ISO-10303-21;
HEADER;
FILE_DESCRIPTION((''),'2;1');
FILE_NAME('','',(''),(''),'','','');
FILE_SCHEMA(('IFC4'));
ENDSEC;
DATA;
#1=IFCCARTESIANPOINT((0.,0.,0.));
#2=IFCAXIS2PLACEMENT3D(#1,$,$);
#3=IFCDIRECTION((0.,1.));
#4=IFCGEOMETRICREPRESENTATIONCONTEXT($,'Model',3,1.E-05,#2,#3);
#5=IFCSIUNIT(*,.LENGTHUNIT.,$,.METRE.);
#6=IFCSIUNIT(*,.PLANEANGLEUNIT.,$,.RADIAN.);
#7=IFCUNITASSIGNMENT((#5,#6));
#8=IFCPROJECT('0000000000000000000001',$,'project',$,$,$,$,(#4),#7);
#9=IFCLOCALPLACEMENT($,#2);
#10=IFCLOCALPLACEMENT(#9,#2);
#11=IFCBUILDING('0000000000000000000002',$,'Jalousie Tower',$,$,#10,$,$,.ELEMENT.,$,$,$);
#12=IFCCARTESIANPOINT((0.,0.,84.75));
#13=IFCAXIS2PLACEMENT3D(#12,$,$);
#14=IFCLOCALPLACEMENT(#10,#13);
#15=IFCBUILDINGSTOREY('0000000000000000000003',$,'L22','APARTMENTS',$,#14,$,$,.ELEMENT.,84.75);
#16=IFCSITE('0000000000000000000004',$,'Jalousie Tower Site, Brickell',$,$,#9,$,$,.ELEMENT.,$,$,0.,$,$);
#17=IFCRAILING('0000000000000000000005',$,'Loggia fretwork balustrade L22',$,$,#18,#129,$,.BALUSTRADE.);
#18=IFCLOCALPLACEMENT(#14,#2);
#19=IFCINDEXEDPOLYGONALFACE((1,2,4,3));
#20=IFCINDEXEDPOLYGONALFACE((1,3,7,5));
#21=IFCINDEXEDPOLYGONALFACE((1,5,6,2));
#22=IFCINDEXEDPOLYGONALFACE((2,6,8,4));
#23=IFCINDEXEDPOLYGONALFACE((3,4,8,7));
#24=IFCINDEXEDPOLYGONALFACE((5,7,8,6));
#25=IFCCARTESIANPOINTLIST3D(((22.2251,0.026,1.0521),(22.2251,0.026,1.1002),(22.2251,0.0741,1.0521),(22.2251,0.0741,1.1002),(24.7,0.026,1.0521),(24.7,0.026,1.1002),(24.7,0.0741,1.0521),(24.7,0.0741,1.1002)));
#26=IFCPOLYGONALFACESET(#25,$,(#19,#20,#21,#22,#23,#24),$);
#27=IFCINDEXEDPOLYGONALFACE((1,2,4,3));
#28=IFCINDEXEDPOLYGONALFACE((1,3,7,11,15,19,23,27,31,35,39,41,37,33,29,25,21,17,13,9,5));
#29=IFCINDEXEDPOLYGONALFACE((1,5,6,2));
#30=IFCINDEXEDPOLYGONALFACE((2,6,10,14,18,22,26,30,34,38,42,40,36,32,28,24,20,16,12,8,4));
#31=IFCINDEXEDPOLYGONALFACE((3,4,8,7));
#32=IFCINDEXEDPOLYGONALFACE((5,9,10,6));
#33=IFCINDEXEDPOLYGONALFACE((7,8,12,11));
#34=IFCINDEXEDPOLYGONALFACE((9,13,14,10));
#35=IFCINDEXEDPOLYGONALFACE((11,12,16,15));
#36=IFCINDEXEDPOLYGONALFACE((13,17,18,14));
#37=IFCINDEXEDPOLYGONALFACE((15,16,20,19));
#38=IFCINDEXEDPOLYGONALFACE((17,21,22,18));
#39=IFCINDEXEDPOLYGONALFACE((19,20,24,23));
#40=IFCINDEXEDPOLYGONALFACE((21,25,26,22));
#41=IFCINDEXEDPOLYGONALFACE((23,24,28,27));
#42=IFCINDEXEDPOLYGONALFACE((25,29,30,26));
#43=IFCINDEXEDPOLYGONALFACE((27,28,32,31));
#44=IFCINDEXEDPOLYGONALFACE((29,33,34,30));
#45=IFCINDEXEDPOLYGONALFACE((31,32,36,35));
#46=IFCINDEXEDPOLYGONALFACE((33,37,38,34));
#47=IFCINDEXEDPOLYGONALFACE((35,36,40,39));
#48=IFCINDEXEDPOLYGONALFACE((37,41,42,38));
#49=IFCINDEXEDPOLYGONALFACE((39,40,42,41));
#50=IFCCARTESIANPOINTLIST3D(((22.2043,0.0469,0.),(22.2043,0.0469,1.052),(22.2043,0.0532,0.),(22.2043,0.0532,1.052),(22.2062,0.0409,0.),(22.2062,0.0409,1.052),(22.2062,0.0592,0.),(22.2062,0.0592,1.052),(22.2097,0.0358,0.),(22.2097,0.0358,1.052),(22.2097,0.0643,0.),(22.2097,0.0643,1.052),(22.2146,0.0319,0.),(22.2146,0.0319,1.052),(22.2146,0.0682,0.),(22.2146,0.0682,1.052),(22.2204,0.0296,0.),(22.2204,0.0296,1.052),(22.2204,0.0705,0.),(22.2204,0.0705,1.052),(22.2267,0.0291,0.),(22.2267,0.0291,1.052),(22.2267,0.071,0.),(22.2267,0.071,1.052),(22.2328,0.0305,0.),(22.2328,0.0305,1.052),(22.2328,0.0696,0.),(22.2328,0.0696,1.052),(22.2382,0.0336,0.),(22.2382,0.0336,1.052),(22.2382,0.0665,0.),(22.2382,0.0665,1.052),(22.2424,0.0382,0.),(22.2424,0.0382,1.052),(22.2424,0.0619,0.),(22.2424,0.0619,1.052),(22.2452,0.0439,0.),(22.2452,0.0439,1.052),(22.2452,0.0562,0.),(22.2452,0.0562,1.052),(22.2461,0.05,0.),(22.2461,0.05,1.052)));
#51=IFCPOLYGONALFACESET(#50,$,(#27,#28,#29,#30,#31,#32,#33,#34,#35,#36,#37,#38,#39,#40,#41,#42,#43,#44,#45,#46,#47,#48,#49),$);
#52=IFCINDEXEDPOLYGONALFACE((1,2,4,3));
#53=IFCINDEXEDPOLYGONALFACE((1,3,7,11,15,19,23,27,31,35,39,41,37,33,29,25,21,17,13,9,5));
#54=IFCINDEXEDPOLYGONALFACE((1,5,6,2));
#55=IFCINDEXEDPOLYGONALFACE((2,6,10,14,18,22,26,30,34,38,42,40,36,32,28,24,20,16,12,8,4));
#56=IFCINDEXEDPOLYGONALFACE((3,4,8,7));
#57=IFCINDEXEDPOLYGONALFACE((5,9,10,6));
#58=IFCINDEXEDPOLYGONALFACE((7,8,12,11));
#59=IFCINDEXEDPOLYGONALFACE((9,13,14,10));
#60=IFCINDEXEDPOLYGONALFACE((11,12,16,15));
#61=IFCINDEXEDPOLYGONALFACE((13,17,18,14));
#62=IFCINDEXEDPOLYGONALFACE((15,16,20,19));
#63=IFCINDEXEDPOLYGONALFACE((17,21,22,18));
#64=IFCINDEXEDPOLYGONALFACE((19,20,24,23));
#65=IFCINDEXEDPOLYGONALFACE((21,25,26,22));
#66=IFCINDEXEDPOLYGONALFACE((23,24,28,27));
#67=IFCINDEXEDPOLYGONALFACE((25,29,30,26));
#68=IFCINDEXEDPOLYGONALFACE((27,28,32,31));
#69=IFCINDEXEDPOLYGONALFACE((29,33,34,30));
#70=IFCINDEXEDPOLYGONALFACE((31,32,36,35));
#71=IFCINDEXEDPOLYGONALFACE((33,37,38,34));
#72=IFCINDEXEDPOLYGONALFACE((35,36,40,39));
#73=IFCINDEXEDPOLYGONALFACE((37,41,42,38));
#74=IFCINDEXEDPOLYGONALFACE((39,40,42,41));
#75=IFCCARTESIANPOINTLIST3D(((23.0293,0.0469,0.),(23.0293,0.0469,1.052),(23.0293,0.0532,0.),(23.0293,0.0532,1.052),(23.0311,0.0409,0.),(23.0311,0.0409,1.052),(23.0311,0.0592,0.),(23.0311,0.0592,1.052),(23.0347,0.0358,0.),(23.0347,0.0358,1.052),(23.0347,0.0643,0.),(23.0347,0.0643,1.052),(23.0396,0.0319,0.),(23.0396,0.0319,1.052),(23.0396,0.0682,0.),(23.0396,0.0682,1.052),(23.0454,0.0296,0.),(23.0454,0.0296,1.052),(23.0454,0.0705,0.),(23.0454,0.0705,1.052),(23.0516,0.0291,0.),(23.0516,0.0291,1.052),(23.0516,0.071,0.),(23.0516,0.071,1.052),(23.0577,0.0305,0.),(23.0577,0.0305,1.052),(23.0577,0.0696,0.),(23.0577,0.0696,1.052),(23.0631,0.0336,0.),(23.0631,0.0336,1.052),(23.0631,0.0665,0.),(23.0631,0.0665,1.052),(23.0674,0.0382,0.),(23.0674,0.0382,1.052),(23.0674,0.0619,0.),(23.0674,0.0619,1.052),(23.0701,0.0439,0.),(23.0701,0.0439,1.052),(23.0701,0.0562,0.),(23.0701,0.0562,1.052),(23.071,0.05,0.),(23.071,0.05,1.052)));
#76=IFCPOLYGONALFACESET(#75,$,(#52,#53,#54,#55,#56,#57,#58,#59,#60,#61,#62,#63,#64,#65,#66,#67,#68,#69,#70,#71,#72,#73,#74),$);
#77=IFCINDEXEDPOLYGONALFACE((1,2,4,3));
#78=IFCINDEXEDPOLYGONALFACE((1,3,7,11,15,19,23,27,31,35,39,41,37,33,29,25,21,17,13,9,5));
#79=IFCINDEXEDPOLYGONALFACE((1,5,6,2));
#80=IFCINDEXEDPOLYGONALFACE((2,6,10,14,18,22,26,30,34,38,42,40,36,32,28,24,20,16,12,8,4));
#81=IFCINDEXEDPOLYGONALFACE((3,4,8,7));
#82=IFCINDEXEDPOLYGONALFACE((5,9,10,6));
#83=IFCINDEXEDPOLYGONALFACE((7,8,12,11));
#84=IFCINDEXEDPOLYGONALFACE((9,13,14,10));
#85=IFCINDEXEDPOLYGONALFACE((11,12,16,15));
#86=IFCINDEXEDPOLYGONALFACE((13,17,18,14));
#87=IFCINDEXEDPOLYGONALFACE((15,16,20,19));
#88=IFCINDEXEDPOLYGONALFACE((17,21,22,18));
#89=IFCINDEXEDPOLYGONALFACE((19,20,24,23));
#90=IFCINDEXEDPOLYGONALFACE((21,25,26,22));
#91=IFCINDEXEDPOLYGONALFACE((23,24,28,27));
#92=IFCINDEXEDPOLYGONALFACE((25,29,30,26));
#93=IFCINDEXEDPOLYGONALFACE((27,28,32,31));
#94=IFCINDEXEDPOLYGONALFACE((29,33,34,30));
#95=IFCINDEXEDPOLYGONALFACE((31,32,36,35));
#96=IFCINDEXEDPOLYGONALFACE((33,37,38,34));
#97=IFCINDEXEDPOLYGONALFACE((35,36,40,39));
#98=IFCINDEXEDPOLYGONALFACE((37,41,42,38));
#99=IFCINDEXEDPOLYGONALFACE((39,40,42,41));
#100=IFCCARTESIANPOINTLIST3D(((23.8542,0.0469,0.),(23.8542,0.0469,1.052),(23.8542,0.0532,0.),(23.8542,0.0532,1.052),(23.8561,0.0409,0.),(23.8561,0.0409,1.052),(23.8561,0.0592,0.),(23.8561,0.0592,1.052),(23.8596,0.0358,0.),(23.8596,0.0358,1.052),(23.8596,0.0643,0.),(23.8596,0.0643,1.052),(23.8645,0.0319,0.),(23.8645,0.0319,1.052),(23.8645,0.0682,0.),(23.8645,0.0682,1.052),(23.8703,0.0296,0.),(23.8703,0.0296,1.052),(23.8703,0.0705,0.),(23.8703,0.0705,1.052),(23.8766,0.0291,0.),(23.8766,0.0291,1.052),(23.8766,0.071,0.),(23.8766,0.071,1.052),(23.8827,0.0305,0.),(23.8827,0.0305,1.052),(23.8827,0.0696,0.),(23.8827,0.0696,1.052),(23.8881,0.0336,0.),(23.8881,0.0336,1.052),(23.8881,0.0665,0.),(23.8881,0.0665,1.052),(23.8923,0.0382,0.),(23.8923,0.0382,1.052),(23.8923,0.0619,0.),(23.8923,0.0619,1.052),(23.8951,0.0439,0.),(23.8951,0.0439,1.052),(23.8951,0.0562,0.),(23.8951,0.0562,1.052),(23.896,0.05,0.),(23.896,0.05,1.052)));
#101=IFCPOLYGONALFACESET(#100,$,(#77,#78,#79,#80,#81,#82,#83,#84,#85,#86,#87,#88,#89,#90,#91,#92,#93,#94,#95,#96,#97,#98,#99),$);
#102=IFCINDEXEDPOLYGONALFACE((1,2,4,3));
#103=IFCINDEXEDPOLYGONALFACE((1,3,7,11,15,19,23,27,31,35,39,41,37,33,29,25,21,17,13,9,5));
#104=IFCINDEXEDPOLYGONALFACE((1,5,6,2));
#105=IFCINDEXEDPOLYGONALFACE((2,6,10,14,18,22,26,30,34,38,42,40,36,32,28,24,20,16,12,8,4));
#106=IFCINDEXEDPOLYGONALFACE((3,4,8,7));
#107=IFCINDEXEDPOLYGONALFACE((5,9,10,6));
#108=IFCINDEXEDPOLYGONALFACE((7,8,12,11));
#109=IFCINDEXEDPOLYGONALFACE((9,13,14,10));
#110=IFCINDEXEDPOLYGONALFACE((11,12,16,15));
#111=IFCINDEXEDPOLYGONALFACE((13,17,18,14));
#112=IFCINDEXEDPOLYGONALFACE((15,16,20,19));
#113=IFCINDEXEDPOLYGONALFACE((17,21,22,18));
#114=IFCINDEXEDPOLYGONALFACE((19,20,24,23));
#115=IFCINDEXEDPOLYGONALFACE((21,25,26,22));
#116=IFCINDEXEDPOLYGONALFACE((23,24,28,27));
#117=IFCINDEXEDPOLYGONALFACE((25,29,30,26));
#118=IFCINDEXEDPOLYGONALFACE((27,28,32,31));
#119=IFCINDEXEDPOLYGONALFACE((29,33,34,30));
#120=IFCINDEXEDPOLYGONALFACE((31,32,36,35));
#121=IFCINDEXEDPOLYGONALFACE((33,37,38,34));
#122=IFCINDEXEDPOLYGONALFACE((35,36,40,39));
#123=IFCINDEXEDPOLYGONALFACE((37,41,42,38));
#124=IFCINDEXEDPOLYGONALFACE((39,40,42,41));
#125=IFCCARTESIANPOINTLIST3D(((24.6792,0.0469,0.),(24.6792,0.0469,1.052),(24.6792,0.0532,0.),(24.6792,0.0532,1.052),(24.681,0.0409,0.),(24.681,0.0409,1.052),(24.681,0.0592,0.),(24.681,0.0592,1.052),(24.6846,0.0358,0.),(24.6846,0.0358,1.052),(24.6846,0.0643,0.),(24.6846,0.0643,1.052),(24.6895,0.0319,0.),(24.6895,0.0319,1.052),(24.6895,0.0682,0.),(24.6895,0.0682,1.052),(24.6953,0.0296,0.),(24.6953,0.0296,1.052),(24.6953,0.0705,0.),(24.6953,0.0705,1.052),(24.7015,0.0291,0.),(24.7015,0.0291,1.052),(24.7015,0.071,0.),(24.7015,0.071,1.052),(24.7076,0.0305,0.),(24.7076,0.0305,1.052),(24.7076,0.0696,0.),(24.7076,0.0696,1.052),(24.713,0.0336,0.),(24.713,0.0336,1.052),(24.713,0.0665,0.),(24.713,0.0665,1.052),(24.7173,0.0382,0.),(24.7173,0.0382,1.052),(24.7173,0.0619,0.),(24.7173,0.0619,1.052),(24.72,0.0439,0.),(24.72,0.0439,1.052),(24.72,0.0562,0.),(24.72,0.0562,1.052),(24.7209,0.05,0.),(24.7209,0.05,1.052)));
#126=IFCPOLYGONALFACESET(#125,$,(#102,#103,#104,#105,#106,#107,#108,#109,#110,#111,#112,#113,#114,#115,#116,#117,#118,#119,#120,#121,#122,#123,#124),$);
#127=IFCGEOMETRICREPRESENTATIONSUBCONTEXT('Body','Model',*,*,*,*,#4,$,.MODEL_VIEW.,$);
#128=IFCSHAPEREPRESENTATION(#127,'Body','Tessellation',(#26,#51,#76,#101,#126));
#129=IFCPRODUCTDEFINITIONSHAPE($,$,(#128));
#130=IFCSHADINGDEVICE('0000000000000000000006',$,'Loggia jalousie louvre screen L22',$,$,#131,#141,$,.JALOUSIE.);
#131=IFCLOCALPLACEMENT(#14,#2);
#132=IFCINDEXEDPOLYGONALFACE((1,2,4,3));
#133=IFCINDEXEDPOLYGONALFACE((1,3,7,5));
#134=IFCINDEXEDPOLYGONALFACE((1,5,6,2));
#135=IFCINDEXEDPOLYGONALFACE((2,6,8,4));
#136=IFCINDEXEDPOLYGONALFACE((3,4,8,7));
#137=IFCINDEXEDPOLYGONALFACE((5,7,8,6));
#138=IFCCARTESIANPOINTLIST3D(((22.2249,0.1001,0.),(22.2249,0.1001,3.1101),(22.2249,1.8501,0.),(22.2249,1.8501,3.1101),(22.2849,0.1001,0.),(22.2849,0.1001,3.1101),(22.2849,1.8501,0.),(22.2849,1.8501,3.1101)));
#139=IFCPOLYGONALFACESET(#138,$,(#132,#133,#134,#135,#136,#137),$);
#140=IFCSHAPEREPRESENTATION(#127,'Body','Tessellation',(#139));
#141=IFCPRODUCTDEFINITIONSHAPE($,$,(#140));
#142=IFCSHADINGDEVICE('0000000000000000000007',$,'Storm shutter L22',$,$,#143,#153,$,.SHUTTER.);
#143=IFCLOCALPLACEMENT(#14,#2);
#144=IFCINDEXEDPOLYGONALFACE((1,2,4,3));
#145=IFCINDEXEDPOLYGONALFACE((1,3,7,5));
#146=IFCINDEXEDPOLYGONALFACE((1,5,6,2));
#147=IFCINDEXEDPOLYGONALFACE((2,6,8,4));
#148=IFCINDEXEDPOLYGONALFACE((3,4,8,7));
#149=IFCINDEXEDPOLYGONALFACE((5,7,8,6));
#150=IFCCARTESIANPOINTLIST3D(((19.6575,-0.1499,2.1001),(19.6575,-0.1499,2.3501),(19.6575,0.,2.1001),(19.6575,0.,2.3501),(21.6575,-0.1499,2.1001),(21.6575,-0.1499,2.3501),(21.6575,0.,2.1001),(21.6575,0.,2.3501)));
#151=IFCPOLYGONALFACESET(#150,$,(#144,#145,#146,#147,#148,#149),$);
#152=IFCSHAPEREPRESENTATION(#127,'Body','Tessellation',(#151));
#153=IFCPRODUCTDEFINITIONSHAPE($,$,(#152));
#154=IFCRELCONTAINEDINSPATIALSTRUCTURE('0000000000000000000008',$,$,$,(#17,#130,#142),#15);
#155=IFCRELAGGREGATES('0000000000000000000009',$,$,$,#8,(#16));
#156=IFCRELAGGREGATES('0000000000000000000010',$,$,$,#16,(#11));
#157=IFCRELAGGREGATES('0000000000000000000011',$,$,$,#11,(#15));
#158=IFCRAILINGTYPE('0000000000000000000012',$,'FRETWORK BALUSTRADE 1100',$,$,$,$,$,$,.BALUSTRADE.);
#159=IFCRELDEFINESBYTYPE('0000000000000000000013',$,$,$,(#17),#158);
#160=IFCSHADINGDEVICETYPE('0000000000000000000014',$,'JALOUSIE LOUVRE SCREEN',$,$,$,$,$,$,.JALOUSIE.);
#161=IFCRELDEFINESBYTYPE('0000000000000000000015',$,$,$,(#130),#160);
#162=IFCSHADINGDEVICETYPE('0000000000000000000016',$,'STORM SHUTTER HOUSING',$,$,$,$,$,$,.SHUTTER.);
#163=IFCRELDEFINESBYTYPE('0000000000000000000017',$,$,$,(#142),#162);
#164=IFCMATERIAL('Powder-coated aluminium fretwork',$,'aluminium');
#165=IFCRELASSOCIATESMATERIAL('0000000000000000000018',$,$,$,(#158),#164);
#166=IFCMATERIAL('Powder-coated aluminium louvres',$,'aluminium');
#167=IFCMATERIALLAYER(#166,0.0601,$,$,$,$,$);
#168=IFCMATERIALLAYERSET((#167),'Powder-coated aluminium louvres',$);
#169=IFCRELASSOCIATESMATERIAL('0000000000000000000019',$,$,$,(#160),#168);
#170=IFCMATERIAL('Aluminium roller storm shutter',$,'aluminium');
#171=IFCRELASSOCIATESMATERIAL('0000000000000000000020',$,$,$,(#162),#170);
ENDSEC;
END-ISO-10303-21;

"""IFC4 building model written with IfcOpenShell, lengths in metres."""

from ifc_helpers import new_model, si_unit, direction, frame, origin, origin_2d, place, context, subcontext, project, spatial, rectangle, circle, extrude, material, layer, layer_set, type_object, element, save


model = new_model("IFC4")

# Units and contexts
model_context = context("Model", 3, precision=1e-05, world=origin(), true_north=direction((0.0, 1.0)))
body_context = subcontext(model_context, "Body", "Model", "MODEL_VIEW")
ifc_project = project(units=[si_unit("LENGTHUNIT", "METRE"), si_unit("PLANEANGLEUNIT", "RADIAN")], contexts=[model_context])

# Site, building, storey
site_placement = place(None, origin())
site = spatial("IfcSite", under=ifc_project, at=site_placement, Name="Jalousie Tower Site, Brickell", CompositionType="ELEMENT", RefElevation=0.0)
building_placement = place(site_placement, origin())
building = spatial("IfcBuilding", under=site, at=building_placement, Name="Jalousie Tower", CompositionType="ELEMENT")
storey_placement = place(building_placement, frame((0.0, 0.0, 84.75)))
storey = spatial("IfcBuildingStorey", under=building, at=storey_placement, Name="L22", Description="APARTMENTS", CompositionType="ELEMENT", Elevation=84.75)

# Railing
ifc_material_1 = material(Name="Powder-coated aluminium fretwork", Category="aluminium")
railing_type = type_object("IfcRailingType", Name="FRETWORK BALUSTRADE 1100", PredefinedType="BALUSTRADE", material=ifc_material_1)
railing_placement = place(storey_placement, frame((22.2251, 0.05, 0.0)))
element("IfcRailing", 1, at=railing_placement, inside=storey, type_object=railing_type, Name="Loggia fretwork balustrade L22", PredefinedType="BALUSTRADE", context=body_context, shape_type="SweptSolid", body=[
    extrude(rectangle(XDim=0.0481, YDim=0.0481, at=origin_2d()), frame((0.0, 0.0, 1.0762), z_axis=(1.0, 0.0, 0.0), x_axis=(0.0, 1.0, 0.0)), (0.0, 0.0, 1.0), 2.4749),
    extrude(circle(Radius=0.021, at=origin_2d()), origin(), (0.0, 0.0, 1.0), 1.052),
    extrude(circle(Radius=0.021, at=origin_2d()), frame((0.825, 0.0, 0.0)), (0.0, 0.0, 1.0), 1.052),
    extrude(circle(Radius=0.021, at=origin_2d()), frame((1.6499, 0.0, 0.0)), (0.0, 0.0, 1.0), 1.052),
    extrude(circle(Radius=0.021, at=origin_2d()), frame((2.4749, 0.0, 0.0)), (0.0, 0.0, 1.0), 1.052),
])

# Shading devices
ifc_material_2 = material(Name="Powder-coated aluminium louvres", Category="aluminium")
ifc_layer_1 = layer(ifc_material_2, 0.0601)
ifc_layer_set_1 = layer_set([ifc_layer_1], Name="Powder-coated aluminium louvres")
shading_device_type_1 = type_object("IfcShadingDeviceType", Name="JALOUSIE LOUVRE SCREEN", PredefinedType="JALOUSIE", material=ifc_layer_set_1)
shading_device_1_placement = place(storey_placement, frame((22.2549, 0.9751, 0.0), z_axis=(0.0, 0.0, 1.0), x_axis=(1.0, 0.0, 0.0)))
element("IfcShadingDevice", 2, at=shading_device_1_placement, inside=storey, type_object=shading_device_type_1, Name="Loggia jalousie louvre screen L22", PredefinedType="JALOUSIE", context=body_context, shape_type="SweptSolid", body=[
    extrude(rectangle(XDim=0.0601, YDim=1.75, at=origin_2d()), origin(), (0.0, 0.0, 1.0), 3.1101),
])
ifc_material_3 = material(Name="Aluminium roller storm shutter", Category="aluminium")
shading_device_type_2 = type_object("IfcShadingDeviceType", Name="STORM SHUTTER HOUSING", PredefinedType="SHUTTER", material=ifc_material_3)
shading_device_2_placement = place(storey_placement, frame((20.6575, -0.075, 2.1001), z_axis=(0.0, 0.0, 1.0), x_axis=(1.0, 0.0, 0.0)))
element("IfcShadingDevice", 3, at=shading_device_2_placement, inside=storey, type_object=shading_device_type_2, Name="Storm shutter L22", PredefinedType="SHUTTER", context=body_context, shape_type="SweptSolid", body=[
    extrude(rectangle(XDim=2.0, YDim=0.1499, at=origin_2d()), origin(), (0.0, 0.0, 1.0), 0.25),
])

save(model, "model.ifc")
